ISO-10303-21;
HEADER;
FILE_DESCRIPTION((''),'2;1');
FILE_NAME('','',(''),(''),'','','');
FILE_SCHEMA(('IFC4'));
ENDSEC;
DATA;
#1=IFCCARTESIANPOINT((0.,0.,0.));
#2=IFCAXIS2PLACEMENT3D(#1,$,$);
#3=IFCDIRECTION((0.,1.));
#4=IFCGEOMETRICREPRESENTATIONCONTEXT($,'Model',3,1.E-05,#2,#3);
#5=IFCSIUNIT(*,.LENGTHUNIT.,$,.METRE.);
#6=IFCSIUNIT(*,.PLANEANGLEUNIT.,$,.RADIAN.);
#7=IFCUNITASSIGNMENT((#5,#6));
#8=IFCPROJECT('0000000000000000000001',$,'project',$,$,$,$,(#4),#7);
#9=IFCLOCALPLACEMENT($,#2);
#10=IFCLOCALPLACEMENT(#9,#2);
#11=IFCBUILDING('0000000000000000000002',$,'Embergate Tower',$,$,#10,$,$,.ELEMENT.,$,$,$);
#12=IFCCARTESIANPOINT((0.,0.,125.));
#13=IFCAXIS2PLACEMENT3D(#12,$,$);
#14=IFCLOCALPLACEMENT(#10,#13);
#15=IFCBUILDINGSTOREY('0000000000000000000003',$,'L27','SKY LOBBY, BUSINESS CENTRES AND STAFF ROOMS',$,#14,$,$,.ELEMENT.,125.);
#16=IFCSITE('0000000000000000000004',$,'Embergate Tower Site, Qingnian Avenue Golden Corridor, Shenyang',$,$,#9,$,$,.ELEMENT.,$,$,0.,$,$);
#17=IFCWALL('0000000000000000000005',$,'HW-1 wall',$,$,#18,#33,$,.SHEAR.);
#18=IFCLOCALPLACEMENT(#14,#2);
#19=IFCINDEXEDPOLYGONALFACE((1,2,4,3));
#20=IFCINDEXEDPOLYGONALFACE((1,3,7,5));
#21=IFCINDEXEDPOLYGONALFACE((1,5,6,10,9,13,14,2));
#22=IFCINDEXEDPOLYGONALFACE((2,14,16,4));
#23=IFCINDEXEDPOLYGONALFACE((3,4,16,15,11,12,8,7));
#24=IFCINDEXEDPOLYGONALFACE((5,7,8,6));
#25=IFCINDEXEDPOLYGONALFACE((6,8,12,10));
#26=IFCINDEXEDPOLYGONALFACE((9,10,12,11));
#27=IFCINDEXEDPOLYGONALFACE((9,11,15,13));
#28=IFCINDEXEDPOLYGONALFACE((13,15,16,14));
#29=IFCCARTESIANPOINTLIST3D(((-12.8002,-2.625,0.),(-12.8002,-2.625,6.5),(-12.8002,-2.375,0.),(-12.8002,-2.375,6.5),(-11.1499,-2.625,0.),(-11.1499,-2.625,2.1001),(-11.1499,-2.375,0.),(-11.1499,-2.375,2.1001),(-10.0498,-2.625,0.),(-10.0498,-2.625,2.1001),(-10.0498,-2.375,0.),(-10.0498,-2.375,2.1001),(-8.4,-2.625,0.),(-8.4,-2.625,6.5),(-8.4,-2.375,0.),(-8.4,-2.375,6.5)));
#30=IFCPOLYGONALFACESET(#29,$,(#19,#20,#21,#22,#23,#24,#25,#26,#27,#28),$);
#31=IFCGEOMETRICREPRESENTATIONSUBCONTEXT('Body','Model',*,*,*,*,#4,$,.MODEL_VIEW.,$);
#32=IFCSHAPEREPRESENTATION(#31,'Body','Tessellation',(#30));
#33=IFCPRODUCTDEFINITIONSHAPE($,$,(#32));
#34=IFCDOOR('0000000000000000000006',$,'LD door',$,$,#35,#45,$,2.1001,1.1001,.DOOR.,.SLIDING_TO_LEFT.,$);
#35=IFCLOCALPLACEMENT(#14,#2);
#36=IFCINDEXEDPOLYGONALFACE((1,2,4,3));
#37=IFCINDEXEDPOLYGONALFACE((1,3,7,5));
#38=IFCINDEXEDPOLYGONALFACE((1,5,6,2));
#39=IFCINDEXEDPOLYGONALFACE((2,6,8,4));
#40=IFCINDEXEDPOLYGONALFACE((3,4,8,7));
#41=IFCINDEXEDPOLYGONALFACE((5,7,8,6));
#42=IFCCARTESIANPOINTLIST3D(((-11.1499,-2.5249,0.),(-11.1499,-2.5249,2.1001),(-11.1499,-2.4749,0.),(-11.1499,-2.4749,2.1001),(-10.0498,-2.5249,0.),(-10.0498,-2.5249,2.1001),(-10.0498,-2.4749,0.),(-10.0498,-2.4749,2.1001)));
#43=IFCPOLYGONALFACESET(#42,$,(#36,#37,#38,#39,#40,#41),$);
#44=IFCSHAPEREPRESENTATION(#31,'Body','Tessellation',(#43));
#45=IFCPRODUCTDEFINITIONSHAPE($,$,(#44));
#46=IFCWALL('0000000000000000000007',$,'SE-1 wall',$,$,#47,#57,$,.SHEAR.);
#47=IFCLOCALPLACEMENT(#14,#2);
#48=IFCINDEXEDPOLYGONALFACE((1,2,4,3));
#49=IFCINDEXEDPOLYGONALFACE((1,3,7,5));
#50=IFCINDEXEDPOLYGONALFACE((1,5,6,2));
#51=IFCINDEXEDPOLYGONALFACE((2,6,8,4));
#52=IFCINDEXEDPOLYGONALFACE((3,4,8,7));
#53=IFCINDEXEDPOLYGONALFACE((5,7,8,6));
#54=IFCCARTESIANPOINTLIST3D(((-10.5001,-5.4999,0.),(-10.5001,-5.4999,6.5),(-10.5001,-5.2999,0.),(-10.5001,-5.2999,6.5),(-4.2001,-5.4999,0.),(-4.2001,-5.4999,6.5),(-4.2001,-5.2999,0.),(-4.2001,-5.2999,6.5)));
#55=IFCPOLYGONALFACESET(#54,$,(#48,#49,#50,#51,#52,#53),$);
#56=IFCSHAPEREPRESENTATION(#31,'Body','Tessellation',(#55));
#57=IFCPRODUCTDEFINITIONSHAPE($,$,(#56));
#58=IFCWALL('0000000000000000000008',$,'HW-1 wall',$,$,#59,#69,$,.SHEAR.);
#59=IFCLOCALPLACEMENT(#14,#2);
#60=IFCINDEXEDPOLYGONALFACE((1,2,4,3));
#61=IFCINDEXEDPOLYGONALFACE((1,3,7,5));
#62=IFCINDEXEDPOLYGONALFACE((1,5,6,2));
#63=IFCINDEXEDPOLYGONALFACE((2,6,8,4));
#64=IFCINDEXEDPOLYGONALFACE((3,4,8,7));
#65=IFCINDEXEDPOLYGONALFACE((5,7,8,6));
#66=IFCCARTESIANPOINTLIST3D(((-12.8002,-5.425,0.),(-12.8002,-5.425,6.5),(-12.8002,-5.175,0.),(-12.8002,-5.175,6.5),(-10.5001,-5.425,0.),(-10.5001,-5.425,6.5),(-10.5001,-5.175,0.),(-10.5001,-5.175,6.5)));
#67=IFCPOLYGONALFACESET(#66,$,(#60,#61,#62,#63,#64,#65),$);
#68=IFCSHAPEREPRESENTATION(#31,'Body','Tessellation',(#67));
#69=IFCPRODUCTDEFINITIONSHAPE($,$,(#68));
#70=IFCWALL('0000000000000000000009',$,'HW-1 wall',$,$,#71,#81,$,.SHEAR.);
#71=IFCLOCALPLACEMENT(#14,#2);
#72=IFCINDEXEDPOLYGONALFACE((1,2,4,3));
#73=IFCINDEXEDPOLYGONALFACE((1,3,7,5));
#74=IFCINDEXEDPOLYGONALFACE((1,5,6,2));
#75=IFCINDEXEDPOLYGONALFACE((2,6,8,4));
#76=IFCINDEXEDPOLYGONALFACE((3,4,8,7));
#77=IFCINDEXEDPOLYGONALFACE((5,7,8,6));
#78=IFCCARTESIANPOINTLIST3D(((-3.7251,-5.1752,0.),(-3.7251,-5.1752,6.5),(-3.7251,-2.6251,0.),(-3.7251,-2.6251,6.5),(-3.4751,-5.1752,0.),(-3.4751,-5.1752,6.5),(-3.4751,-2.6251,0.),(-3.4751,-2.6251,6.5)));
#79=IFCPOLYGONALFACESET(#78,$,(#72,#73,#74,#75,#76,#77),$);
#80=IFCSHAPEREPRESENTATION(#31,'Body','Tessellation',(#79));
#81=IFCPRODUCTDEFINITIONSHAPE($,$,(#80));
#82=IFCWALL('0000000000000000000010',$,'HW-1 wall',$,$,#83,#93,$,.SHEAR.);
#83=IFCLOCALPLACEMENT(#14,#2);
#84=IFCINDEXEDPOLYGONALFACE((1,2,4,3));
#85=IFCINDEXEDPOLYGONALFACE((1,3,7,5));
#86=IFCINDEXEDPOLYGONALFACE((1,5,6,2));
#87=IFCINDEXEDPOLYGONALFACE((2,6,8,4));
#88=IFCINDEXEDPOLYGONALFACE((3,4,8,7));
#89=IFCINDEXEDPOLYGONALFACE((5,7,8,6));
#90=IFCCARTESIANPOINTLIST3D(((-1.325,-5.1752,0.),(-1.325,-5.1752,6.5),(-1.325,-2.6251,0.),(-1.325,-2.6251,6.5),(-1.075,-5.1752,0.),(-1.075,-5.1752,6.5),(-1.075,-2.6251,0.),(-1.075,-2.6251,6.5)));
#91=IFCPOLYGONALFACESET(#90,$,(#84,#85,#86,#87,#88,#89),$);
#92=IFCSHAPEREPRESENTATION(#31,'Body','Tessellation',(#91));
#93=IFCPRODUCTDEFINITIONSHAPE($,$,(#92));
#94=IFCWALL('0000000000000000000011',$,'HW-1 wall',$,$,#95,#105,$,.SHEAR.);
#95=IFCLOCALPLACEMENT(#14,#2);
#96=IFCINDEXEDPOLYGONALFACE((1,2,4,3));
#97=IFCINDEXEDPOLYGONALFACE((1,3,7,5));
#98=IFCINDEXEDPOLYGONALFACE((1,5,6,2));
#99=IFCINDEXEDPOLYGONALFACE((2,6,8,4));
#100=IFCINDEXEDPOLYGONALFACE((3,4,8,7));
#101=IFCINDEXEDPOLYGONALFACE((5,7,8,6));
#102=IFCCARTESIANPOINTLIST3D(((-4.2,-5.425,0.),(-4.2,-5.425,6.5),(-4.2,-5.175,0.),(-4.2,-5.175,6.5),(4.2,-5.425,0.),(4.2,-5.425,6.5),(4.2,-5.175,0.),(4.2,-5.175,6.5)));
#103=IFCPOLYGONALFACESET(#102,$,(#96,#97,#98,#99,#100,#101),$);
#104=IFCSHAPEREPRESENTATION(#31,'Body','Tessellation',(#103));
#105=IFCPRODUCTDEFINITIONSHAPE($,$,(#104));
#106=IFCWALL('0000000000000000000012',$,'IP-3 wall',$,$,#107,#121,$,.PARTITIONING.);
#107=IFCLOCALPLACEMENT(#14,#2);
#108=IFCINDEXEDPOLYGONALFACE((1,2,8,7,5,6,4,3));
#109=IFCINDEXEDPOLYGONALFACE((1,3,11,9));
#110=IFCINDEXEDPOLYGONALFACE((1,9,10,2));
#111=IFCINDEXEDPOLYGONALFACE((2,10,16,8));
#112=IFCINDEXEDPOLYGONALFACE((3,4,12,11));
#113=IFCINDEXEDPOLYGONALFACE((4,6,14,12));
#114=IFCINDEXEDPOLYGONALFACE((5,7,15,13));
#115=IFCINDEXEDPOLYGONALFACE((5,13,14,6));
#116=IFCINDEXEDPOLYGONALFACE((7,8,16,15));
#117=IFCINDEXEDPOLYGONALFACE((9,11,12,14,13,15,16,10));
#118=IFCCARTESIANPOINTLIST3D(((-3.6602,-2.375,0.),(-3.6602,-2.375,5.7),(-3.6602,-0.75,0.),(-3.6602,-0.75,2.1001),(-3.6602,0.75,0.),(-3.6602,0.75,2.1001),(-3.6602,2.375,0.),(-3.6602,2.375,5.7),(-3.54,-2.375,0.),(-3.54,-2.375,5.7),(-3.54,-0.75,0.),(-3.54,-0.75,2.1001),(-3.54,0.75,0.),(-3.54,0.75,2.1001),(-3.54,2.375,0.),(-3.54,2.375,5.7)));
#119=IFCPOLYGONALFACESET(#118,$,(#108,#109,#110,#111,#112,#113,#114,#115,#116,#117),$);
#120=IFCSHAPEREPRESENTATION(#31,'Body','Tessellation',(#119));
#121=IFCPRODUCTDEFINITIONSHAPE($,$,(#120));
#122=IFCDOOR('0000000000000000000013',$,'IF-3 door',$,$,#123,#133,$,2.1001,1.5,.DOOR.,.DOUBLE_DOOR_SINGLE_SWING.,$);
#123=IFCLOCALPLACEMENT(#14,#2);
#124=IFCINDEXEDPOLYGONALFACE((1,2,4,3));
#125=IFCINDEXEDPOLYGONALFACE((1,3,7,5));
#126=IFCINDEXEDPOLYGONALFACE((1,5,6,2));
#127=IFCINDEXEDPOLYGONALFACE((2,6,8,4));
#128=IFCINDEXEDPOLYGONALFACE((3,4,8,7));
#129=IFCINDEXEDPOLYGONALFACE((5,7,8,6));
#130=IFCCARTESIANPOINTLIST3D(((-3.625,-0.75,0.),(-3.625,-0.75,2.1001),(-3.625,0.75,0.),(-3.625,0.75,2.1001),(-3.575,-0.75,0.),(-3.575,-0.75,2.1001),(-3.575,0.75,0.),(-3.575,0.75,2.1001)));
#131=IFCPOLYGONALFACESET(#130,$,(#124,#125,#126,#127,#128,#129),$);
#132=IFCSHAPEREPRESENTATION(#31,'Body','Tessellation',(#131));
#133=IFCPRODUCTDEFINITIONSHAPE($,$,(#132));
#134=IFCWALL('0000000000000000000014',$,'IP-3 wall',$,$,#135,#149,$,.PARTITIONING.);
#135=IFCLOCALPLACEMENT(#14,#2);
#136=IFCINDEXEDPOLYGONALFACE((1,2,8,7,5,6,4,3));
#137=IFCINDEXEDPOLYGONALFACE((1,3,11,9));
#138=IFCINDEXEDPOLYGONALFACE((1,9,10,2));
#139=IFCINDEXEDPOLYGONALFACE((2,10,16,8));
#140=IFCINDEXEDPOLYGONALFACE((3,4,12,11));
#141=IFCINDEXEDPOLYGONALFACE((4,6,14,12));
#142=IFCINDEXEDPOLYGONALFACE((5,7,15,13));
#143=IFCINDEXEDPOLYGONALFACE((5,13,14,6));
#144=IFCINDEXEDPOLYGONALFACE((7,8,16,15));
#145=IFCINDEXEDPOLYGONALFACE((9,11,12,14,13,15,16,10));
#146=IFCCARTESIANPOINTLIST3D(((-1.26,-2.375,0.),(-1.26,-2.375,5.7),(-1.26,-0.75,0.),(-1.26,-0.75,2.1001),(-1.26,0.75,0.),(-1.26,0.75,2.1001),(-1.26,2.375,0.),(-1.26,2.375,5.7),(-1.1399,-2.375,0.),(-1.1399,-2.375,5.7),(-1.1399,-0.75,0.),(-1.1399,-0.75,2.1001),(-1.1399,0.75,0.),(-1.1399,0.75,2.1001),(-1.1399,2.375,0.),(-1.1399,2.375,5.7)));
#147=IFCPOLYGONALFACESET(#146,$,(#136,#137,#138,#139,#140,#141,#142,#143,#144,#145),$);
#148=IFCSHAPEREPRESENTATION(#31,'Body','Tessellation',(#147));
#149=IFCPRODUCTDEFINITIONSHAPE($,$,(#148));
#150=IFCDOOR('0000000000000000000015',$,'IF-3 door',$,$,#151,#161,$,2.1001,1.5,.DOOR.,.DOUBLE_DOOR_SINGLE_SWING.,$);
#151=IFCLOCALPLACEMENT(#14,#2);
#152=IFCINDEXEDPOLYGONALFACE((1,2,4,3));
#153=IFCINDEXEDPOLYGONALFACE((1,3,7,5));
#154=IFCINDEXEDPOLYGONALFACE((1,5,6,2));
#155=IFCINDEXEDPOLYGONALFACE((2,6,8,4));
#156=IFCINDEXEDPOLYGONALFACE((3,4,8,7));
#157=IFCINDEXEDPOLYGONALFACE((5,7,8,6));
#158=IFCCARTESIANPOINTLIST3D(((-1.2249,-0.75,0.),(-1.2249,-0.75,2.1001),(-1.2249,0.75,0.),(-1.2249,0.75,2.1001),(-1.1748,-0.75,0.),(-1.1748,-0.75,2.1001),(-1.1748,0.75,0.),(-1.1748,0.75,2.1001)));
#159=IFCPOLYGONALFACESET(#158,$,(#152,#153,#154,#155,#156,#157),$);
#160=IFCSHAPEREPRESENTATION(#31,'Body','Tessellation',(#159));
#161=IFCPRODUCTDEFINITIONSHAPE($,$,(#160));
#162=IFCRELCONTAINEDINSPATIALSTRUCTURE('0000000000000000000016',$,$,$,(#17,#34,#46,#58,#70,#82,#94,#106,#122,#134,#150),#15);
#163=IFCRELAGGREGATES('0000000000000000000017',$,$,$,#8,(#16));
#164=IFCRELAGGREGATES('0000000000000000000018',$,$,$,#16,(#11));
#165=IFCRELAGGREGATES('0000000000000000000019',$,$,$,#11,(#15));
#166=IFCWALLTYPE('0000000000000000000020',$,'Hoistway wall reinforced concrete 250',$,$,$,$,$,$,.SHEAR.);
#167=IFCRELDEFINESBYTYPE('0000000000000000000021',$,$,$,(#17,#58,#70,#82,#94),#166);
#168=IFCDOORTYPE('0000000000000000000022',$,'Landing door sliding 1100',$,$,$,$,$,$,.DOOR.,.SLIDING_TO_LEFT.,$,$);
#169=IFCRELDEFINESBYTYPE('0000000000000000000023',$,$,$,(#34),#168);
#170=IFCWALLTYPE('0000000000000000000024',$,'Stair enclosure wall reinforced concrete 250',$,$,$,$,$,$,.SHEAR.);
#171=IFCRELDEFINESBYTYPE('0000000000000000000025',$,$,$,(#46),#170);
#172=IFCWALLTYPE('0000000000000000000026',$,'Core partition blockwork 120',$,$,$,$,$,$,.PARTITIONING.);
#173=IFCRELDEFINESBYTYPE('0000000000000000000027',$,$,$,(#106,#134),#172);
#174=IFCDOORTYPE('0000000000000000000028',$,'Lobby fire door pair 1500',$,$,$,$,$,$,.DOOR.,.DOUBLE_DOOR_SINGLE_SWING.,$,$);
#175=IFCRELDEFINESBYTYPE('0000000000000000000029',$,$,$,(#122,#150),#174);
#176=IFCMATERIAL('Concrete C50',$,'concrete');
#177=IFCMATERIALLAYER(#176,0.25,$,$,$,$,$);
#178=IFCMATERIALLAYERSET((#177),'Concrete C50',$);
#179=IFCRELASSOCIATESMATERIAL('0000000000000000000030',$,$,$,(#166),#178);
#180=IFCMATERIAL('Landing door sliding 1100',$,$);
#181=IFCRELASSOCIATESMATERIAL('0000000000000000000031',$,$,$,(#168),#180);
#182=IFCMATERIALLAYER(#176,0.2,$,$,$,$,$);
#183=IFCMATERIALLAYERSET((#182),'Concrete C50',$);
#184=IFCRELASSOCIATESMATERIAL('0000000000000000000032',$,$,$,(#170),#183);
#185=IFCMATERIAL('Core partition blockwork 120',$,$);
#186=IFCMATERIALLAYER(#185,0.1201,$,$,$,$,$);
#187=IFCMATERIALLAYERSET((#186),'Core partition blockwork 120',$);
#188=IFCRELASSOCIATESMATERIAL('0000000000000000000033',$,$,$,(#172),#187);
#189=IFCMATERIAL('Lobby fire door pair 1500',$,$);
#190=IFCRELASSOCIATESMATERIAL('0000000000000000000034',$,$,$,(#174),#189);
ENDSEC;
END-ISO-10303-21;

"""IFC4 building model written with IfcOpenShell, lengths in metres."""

from ifc_helpers import new_model, si_unit, direction, frame, frame_2d, origin, place, context, subcontext, project, spatial, rectangle, extrude, source, transform, mapped, material, layer, layer_set, type_object, element, fill, save


model = new_model("IFC4")

# Units and contexts
model_context = context("Model", 3, precision=1e-05, world=origin(), true_north=direction((0.0, 1.0)))
body_context = subcontext(model_context, "Body", "Model", "MODEL_VIEW")
ifc_project = project(units=[si_unit("LENGTHUNIT", "METRE"), si_unit("PLANEANGLEUNIT", "RADIAN")], contexts=[model_context])

# Site, building, storey
site_placement = place(None, origin())
site = spatial("IfcSite", under=ifc_project, at=site_placement, Name="Embergate Tower Site, Qingnian Avenue Golden Corridor, Shenyang", CompositionType="ELEMENT", RefElevation=0.0)
building_placement = place(site_placement, origin())
building = spatial("IfcBuilding", under=site, at=building_placement, Name="Embergate Tower", CompositionType="ELEMENT")
storey_placement = place(building_placement, frame((0.0, 0.0, 125.0)))
storey = spatial("IfcBuildingStorey", under=building, at=storey_placement, Name="L27", Description="SKY LOBBY, BUSINESS CENTRES AND STAFF ROOMS", CompositionType="ELEMENT", Elevation=125.0)

# Wall, opening, door
ifc_material_1 = material(Name="Concrete C50", Category="concrete")
ifc_layer_1 = layer(ifc_material_1, 0.25)
ifc_layer_set_1 = layer_set([ifc_layer_1], Name="Concrete C50")
wall_type_1 = type_object("IfcWallType", Name="Hoistway wall reinforced concrete 250", PredefinedType="SHEAR", material=ifc_layer_set_1)
shared_shape_1 = source(origin(), body_context, "Body", "SweptSolid", [
    extrude(rectangle(XDim=4.4001, YDim=0.25, at=frame_2d((2.2002, 0.0))), origin(), (0.0, 0.0, 1.0), 6.5),
])
wall_1_placement = place(storey_placement, frame((-8.3999, -2.5, 0.0), z_axis=(0.0, 0.0, 1.0), x_axis=(-1.0, 0.0, 0.0)))
wall_1 = element("IfcWall", 1, at=wall_1_placement, inside=storey, type_object=wall_type_1, Name="HW-1 wall", PredefinedType="SHEAR", context=body_context, shape_type="MappedRepresentation", body=[
    mapped(shared_shape_1, transform((0.0, 0.0, 0.0))),
])
shared_shape_2 = source(origin(), body_context, "Body", "SweptSolid", [
    extrude(rectangle(XDim=1.1001, YDim=2.1001, at=frame_2d((0.55, 1.05))), frame((0.0, 0.135, 0.0), z_axis=(0.0, -1.0, 0.0), x_axis=(1.0, 0.0, 0.0)), (0.0, 0.0, 1.0), 0.27),
])
opening_1_placement = place(wall_1_placement, frame((1.6499, 0.0, 0.0)))
opening_1 = element("IfcOpeningElement", 2, at=opening_1_placement, cuts=wall_1, PredefinedType="OPENING", context=body_context, shape_type="MappedRepresentation", body=[
    mapped(shared_shape_2, transform((0.0, 0.0, 0.0))),
])
ifc_material_2 = material(Name="Landing door sliding 1100")
door_type_1 = type_object("IfcDoorType", Name="Landing door sliding 1100", OperationType="SLIDING_TO_LEFT", PredefinedType="DOOR", material=ifc_material_2)
shared_shape_3 = source(origin(), body_context, "Body", "SweptSolid", [
    extrude(rectangle(XDim=1.1001, YDim=2.1001, at=frame_2d((0.55, 1.05))), frame((0.0, 0.0249, 0.0), z_axis=(0.0, -1.0, 0.0), x_axis=(1.0, 0.0, 0.0)), (0.0, 0.0, 1.0), 0.05),
])
door_1_placement = place(opening_1_placement, origin())
door_1 = element("IfcDoor", 3, at=door_1_placement, inside=storey, type_object=door_type_1, Name="LD door", OperationType="SLIDING_TO_LEFT", OverallHeight=2.1001, OverallWidth=1.1001, PredefinedType="DOOR", context=body_context, shape_type="MappedRepresentation", body=[
    mapped(shared_shape_3, transform((0.0, 0.0, 0.0))),
])
fill(opening_1, door_1)

# Walls
ifc_layer_2 = layer(ifc_material_1, 0.2)
ifc_layer_set_2 = layer_set([ifc_layer_2], Name="Concrete C50")
wall_type_2 = type_object("IfcWallType", Name="Stair enclosure wall reinforced concrete 250", PredefinedType="SHEAR", material=ifc_layer_set_2)
shared_shape_4 = source(origin(), body_context, "Body", "SweptSolid", [
    extrude(rectangle(XDim=6.3, YDim=0.2, at=frame_2d((3.1499, 0.0))), origin(), (0.0, 0.0, 1.0), 6.5),
])
wall_2_placement = place(storey_placement, frame((-10.5, -5.3999, 0.0), z_axis=(0.0, 0.0, 1.0), x_axis=(1.0, 0.0, 0.0)))
element("IfcWall", 4, at=wall_2_placement, inside=storey, type_object=wall_type_2, Name="SE-1 wall", PredefinedType="SHEAR", context=body_context, shape_type="MappedRepresentation", body=[
    mapped(shared_shape_4, transform((0.0, 0.0, 0.0))),
])
shared_shape_5 = source(origin(), body_context, "Body", "SweptSolid", [
    extrude(rectangle(XDim=2.3, YDim=0.25, at=frame_2d((1.1499, 0.0))), origin(), (0.0, 0.0, 1.0), 6.5),
])
wall_3_placement = place(storey_placement, frame((-12.8, -5.3, 0.0), z_axis=(0.0, 0.0, 1.0), x_axis=(1.0, 0.0, 0.0)))
element("IfcWall", 5, at=wall_3_placement, inside=storey, type_object=wall_type_1, Name="HW-1 wall", PredefinedType="SHEAR", context=body_context, shape_type="MappedRepresentation", body=[
    mapped(shared_shape_5, transform((0.0, 0.0, 0.0))),
])
shared_shape_6 = source(origin(), body_context, "Body", "SweptSolid", [
    extrude(rectangle(XDim=2.55, YDim=0.25, at=frame_2d((1.2749, 0.0))), origin(), (0.0, 0.0, 1.0), 6.5),
])
for number, where, z_axis, x_axis, name in (
    (6, (-3.6001, -5.175, 0.0), (0.0, 0.0, 1.0), (0.0, 1.0, 0.0), "HW-1 wall"),
    (7, (-1.2, -5.175, 0.0), (0.0, 0.0, 1.0), (0.0, 1.0, 0.0), "HW-1 wall"),
):
    element("IfcWall", number, at=place(storey_placement, frame(where, z_axis=z_axis, x_axis=x_axis)), inside=storey, type_object=wall_type_1, Name=name, PredefinedType="SHEAR", context=body_context, shape_type="MappedRepresentation", body=[
        mapped(shared_shape_6, transform((0.0, 0.0, 0.0))),
    ])
shared_shape_7 = source(origin(), body_context, "Body", "SweptSolid", [
    extrude(rectangle(XDim=8.3999, YDim=0.25, at=frame_2d((4.2, 0.0))), origin(), (0.0, 0.0, 1.0), 6.5),
])
wall_4_placement = place(storey_placement, frame((-4.2, -5.3, 0.0), z_axis=(0.0, 0.0, 1.0), x_axis=(1.0, 0.0, 0.0)))
element("IfcWall", 8, at=wall_4_placement, inside=storey, type_object=wall_type_1, Name="HW-1 wall", PredefinedType="SHEAR", context=body_context, shape_type="MappedRepresentation", body=[
    mapped(shared_shape_7, transform((0.0, 0.0, 0.0))),
])

# Walls, openings, doors
ifc_material_3 = material(Name="Core partition blockwork 120")
ifc_layer_3 = layer(ifc_material_3, 0.1201)
ifc_layer_set_3 = layer_set([ifc_layer_3], Name="Core partition blockwork 120")
wall_type_3 = type_object("IfcWallType", Name="Core partition blockwork 120", PredefinedType="PARTITIONING", material=ifc_layer_set_3)
shared_shape_8 = source(origin(), body_context, "Body", "SweptSolid", [
    extrude(rectangle(XDim=4.75, YDim=0.1201, at=frame_2d((2.375, 0.0))), origin(), (0.0, 0.0, 1.0), 5.7),
])
wall_5_placement = place(storey_placement, frame((-3.6001, -2.375, 0.0), z_axis=(0.0, 0.0, 1.0), x_axis=(0.0, 1.0, 0.0)))
wall_5 = element("IfcWall", 9, at=wall_5_placement, inside=storey, type_object=wall_type_3, Name="IP-3 wall", PredefinedType="PARTITIONING", context=body_context, shape_type="MappedRepresentation", body=[
    mapped(shared_shape_8, transform((0.0, 0.0, 0.0))),
])
shared_shape_9 = source(origin(), body_context, "Body", "SweptSolid", [
    extrude(rectangle(XDim=1.5, YDim=2.1001, at=frame_2d((0.75, 1.05))), frame((0.0, 0.0701, 0.0), z_axis=(0.0, -1.0, 0.0), x_axis=(1.0, 0.0, 0.0)), (0.0, 0.0, 1.0), 0.1401),
])
opening_2_placement = place(wall_5_placement, frame((1.625, 0.0, 0.0)))
opening_2 = element("IfcOpeningElement", 10, at=opening_2_placement, cuts=wall_5, PredefinedType="OPENING", context=body_context, shape_type="MappedRepresentation", body=[
    mapped(shared_shape_9, transform((0.0, 0.0, 0.0))),
])
ifc_material_4 = material(Name="Lobby fire door pair 1500")
door_type_2 = type_object("IfcDoorType", Name="Lobby fire door pair 1500", OperationType="DOUBLE_DOOR_SINGLE_SWING", PredefinedType="DOOR", material=ifc_material_4)
shared_shape_10 = source(origin(), body_context, "Body", "SweptSolid", [
    extrude(rectangle(XDim=1.5, YDim=2.1001, at=frame_2d((0.75, 1.05))), frame((0.0, 0.0249, 0.0), z_axis=(0.0, -1.0, 0.0), x_axis=(1.0, 0.0, 0.0)), (0.0, 0.0, 1.0), 0.05),
])
door_2_placement = place(opening_2_placement, origin())
door_2 = element("IfcDoor", 11, at=door_2_placement, inside=storey, type_object=door_type_2, Name="IF-3 door", OperationType="DOUBLE_DOOR_SINGLE_SWING", OverallHeight=2.1001, OverallWidth=1.5, PredefinedType="DOOR", context=body_context, shape_type="MappedRepresentation", body=[
    mapped(shared_shape_10, transform((0.0, 0.0, 0.0))),
])
fill(opening_2, door_2)
wall_6_placement = place(storey_placement, frame((-1.2, -2.375, 0.0), z_axis=(0.0, 0.0, 1.0), x_axis=(0.0, 1.0, 0.0)))
wall_6 = element("IfcWall", 12, at=wall_6_placement, inside=storey, type_object=wall_type_3, Name="IP-3 wall", PredefinedType="PARTITIONING", context=body_context, shape_type="MappedRepresentation", body=[
    mapped(shared_shape_8, transform((0.0, 0.0, 0.0))),
])
opening_3_placement = place(wall_6_placement, frame((1.625, 0.0, 0.0)))
opening_3 = element("IfcOpeningElement", 13, at=opening_3_placement, cuts=wall_6, PredefinedType="OPENING", context=body_context, shape_type="MappedRepresentation", body=[
    mapped(shared_shape_9, transform((0.0, 0.0, 0.0))),
])
door_3_placement = place(opening_3_placement, origin())
door_3 = element("IfcDoor", 14, at=door_3_placement, inside=storey, type_object=door_type_2, Name="IF-3 door", OperationType="DOUBLE_DOOR_SINGLE_SWING", OverallHeight=2.1001, OverallWidth=1.5, PredefinedType="DOOR", context=body_context, shape_type="MappedRepresentation", body=[
    mapped(shared_shape_10, transform((0.0, 0.0, 0.0))),
])
fill(opening_3, door_3)

save(model, "model.ifc")
